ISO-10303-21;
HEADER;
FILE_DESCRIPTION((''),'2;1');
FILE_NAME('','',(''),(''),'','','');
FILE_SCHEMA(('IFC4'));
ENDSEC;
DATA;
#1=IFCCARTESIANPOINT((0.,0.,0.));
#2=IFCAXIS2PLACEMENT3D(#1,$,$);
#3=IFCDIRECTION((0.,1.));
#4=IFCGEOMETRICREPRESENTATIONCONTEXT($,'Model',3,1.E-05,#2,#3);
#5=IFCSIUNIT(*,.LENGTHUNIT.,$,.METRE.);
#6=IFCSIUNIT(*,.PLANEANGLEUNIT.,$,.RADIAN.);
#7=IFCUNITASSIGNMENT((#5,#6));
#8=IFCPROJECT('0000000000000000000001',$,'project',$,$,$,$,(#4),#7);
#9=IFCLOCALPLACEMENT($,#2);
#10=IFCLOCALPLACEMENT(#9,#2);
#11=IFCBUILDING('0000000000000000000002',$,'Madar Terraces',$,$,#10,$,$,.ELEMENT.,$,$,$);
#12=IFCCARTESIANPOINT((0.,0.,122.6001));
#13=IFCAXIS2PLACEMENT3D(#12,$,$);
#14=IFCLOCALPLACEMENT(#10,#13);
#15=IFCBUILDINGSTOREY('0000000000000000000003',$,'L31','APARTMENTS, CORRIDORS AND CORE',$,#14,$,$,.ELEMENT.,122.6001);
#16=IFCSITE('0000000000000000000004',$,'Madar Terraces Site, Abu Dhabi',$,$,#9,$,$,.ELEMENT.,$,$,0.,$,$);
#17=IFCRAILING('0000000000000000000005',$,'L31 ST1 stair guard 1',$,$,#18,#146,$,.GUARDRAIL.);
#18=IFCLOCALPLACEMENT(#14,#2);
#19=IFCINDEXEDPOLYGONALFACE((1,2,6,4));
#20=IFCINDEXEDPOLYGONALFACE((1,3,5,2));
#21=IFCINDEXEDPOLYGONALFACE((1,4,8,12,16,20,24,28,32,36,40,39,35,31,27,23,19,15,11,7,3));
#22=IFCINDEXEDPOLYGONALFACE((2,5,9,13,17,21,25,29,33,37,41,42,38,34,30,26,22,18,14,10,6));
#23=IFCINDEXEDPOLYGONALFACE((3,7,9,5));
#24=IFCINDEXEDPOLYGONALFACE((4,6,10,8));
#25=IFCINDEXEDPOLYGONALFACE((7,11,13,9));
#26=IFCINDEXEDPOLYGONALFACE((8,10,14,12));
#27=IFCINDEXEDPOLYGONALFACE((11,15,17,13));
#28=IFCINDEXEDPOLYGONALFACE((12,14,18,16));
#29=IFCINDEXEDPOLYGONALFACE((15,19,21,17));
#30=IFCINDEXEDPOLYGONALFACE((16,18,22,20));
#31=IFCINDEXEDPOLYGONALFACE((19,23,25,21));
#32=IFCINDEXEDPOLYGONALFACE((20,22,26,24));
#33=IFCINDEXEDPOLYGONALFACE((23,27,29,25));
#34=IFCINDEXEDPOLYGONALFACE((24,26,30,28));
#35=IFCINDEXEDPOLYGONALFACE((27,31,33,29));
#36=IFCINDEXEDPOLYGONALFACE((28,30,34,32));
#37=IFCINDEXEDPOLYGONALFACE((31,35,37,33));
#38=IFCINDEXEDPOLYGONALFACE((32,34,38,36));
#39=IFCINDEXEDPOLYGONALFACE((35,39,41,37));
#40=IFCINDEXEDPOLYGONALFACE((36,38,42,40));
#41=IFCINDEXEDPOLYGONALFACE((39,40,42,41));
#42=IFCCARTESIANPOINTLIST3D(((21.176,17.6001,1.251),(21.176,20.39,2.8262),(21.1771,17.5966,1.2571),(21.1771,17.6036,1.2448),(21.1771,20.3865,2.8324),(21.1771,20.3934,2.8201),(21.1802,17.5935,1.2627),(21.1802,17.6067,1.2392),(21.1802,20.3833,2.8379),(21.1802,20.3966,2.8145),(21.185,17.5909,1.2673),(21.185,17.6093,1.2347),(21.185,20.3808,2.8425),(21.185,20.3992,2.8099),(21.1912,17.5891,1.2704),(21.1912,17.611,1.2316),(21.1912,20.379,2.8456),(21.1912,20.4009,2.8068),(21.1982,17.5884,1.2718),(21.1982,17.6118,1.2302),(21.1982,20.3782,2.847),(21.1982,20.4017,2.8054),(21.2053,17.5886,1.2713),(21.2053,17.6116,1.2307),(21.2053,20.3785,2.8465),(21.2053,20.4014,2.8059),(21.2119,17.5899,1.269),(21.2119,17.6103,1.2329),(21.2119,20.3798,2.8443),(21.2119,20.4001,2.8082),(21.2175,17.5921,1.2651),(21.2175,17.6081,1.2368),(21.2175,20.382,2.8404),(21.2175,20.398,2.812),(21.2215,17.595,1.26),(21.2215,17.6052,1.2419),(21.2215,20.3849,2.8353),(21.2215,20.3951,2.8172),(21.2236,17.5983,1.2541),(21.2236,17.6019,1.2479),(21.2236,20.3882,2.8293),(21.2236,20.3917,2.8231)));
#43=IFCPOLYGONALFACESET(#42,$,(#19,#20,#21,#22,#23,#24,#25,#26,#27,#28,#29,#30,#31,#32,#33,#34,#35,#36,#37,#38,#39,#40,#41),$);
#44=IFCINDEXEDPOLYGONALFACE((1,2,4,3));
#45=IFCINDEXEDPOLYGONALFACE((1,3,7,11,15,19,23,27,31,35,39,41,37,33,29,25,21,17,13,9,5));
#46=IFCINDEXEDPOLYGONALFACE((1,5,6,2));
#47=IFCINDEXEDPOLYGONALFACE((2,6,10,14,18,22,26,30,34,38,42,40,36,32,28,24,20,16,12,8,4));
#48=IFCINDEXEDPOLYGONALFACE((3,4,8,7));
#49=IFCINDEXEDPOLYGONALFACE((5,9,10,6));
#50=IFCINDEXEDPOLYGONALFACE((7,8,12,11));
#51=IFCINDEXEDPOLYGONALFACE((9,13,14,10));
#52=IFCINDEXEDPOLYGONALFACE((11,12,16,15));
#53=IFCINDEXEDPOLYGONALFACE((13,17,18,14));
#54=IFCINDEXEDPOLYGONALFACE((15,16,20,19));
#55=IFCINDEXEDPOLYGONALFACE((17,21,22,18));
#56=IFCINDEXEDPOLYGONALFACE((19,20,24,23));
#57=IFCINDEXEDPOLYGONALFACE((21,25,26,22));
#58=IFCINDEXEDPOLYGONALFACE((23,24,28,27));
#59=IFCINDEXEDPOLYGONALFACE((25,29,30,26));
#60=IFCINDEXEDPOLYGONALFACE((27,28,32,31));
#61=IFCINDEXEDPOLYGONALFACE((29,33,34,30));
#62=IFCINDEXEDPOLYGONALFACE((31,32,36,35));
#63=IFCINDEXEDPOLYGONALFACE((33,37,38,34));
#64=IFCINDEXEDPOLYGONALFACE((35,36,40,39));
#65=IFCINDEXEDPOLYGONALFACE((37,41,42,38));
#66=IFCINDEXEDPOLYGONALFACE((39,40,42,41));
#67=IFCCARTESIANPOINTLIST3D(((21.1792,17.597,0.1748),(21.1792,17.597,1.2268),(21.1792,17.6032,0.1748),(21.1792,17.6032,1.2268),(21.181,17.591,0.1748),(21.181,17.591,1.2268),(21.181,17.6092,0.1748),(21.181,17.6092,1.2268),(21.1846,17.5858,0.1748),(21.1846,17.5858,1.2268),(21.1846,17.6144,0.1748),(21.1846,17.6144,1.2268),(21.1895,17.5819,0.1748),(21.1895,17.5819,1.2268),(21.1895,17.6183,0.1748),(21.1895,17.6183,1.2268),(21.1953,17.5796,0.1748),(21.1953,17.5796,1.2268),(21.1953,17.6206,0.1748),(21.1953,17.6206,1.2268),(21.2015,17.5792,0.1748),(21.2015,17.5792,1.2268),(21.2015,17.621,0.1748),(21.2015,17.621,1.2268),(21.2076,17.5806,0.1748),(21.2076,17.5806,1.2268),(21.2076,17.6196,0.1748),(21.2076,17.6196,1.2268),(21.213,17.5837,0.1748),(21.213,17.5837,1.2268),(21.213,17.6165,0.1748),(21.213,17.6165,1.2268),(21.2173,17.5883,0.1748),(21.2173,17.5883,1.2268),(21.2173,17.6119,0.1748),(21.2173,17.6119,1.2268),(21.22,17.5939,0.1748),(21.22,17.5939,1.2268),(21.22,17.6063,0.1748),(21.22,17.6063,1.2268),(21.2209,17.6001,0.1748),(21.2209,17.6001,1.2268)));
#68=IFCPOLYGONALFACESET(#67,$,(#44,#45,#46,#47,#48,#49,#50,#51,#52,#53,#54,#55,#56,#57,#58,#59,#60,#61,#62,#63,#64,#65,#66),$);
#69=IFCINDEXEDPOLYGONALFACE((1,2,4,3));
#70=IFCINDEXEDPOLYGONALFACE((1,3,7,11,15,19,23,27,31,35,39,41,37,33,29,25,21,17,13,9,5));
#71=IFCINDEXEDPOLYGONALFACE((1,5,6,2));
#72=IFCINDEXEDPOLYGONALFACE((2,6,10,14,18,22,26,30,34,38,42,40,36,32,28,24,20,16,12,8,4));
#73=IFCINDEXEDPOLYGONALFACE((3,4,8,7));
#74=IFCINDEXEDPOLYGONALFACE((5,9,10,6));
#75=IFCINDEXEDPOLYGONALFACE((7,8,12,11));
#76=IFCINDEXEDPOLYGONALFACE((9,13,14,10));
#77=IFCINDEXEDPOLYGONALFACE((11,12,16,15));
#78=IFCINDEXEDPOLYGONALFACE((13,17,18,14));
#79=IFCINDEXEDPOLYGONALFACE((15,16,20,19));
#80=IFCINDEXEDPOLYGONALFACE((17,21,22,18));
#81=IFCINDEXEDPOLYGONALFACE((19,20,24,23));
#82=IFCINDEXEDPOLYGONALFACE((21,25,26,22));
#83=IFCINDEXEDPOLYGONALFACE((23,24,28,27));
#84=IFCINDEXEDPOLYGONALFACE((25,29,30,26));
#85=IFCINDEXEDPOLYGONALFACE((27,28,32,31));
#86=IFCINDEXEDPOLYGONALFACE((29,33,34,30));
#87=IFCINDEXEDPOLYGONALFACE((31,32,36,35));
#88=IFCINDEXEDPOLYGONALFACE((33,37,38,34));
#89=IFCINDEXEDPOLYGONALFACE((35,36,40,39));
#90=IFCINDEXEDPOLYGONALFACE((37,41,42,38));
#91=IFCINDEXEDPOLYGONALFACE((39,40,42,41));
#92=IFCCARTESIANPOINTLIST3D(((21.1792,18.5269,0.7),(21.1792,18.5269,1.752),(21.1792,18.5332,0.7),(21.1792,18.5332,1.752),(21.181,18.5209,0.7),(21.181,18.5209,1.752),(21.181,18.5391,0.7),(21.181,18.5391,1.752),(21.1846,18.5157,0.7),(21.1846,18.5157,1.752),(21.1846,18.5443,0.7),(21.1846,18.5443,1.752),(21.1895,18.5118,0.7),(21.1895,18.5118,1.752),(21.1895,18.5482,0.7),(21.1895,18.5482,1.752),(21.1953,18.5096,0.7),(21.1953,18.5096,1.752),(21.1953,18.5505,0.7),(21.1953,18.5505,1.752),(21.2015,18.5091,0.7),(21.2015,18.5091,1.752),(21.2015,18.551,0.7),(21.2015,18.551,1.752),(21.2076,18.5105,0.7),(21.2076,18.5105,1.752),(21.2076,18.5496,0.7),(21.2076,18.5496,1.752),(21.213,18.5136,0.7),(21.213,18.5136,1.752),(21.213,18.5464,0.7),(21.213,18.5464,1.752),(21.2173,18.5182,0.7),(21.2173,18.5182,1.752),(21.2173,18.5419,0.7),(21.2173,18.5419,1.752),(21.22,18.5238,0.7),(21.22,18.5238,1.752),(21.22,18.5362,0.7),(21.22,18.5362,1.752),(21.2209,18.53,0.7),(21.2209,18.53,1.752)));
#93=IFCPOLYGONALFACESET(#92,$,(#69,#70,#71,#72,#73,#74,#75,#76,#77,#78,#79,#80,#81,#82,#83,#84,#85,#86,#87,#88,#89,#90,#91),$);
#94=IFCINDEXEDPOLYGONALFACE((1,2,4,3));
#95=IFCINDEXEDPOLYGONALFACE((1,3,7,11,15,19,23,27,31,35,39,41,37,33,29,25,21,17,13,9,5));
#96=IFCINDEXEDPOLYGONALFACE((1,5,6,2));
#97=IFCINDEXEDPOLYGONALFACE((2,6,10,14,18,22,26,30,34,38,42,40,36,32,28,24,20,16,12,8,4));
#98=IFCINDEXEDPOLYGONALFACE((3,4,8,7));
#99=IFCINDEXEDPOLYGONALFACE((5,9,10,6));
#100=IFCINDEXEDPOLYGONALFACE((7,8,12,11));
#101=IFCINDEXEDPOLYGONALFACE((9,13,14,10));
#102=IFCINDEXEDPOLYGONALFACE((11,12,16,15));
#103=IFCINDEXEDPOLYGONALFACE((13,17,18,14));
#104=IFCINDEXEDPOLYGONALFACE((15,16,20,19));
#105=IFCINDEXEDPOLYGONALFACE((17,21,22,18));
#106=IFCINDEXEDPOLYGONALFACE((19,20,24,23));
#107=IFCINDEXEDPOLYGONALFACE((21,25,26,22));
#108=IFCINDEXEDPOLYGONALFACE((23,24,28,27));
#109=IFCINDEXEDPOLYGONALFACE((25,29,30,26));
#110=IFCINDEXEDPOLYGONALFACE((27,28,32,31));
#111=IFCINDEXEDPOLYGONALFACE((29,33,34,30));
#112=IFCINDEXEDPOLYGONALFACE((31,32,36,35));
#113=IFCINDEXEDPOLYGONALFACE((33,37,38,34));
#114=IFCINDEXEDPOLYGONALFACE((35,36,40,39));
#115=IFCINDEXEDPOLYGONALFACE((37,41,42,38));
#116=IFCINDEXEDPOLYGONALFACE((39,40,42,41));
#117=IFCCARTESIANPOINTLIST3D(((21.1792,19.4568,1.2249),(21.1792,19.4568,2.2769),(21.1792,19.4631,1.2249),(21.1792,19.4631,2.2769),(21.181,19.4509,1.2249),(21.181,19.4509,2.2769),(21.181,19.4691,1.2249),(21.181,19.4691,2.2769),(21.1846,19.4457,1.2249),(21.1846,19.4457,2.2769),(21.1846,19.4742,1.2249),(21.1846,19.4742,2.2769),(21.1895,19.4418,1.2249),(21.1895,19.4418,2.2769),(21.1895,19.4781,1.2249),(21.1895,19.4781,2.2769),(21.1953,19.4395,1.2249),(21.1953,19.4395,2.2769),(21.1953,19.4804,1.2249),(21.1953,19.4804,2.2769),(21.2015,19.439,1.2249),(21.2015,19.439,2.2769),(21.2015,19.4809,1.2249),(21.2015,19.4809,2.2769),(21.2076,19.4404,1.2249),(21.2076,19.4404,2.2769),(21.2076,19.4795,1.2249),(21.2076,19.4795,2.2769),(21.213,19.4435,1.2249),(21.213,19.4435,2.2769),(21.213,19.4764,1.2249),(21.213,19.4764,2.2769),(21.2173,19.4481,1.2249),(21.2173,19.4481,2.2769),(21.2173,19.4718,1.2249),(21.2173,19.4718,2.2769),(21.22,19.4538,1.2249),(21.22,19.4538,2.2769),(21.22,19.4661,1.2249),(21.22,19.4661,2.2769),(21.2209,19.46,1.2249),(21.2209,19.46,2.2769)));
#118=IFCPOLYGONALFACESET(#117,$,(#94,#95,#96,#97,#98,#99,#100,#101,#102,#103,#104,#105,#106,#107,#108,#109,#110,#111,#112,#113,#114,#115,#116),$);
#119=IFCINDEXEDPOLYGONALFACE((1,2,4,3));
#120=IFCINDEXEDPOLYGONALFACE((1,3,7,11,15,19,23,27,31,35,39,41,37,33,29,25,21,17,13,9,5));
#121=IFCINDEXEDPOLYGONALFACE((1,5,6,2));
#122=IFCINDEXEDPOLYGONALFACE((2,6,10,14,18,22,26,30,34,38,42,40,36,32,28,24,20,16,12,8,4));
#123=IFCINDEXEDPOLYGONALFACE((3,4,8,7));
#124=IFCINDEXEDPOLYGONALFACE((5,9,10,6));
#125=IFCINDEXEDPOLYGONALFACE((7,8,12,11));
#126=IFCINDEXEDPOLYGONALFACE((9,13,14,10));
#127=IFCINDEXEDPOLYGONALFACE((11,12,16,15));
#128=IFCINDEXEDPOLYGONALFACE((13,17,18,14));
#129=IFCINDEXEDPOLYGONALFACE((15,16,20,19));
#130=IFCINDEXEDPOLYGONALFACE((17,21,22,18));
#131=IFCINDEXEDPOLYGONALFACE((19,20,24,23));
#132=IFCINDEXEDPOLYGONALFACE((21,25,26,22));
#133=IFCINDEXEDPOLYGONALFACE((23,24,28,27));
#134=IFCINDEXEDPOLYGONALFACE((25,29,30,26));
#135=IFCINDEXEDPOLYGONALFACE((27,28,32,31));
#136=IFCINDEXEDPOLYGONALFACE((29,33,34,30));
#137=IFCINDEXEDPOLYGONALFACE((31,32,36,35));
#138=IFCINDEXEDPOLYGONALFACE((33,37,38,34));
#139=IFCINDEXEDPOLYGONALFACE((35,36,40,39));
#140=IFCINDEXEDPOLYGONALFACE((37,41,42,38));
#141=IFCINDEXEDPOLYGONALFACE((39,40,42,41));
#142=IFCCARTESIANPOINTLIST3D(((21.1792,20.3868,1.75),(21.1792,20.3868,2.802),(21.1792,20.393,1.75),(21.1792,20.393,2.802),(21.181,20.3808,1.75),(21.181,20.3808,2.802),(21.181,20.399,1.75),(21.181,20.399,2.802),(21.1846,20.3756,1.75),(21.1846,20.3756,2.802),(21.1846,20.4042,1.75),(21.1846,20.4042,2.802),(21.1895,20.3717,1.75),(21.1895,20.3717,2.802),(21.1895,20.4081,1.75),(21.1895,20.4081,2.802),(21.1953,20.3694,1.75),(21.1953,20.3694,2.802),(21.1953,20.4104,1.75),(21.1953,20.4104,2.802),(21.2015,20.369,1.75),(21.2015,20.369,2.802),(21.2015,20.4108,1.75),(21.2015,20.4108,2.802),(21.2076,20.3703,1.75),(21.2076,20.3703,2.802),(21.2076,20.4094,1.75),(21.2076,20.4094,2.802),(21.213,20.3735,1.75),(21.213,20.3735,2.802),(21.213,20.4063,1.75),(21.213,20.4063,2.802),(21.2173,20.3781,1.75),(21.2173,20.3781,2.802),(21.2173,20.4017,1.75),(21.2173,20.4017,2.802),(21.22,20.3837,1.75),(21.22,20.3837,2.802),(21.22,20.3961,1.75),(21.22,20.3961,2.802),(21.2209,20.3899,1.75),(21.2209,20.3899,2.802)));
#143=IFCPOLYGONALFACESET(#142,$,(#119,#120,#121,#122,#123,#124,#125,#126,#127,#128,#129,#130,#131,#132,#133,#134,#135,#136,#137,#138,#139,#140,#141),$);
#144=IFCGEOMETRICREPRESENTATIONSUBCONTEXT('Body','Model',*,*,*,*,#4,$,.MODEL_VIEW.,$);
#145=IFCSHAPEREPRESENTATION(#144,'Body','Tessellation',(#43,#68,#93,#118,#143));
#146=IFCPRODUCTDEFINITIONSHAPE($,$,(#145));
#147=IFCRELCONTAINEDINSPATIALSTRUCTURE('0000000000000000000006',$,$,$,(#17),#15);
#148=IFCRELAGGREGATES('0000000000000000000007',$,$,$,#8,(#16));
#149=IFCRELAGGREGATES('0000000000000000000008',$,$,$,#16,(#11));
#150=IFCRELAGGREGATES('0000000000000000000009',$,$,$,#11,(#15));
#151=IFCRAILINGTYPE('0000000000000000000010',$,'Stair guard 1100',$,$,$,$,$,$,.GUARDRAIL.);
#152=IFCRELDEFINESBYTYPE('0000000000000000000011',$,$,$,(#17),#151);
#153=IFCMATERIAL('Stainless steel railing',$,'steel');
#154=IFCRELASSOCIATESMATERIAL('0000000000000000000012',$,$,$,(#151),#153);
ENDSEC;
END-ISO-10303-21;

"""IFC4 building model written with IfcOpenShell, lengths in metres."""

from ifc_helpers import new_model, si_unit, direction, frame, origin, origin_2d, place, context, subcontext, project, spatial, circle, extrude, material, type_object, element, save


model = new_model("IFC4")

# Units and contexts
model_context = context("Model", 3, precision=1e-05, world=origin(), true_north=direction((0.0, 1.0)))
body_context = subcontext(model_context, "Body", "Model", "MODEL_VIEW")
ifc_project = project(units=[si_unit("LENGTHUNIT", "METRE"), si_unit("PLANEANGLEUNIT", "RADIAN")], contexts=[model_context])

# Site, building, storey
site_placement = place(None, origin())
site = spatial("IfcSite", under=ifc_project, at=site_placement, Name="Madar Terraces Site, Abu Dhabi", CompositionType="ELEMENT", RefElevation=0.0)
building_placement = place(site_placement, origin())
building = spatial("IfcBuilding", under=site, at=building_placement, Name="Madar Terraces", CompositionType="ELEMENT")
storey_placement = place(building_placement, frame((0.0, 0.0, 122.6001)))
storey = spatial("IfcBuildingStorey", under=building, at=storey_placement, Name="L31", Description="APARTMENTS, CORRIDORS AND CORE", CompositionType="ELEMENT", Elevation=122.6001)

# Railing
ifc_material_1 = material(Name="Stainless steel railing", Category="steel")
railing_type_1 = type_object("IfcRailingType", Name="Stair guard 1100", PredefinedType="GUARDRAIL", material=ifc_material_1)
railing_1_placement = place(storey_placement, frame((21.2, 17.6001, 0.1748)))
element("IfcRailing", 1, at=railing_1_placement, inside=storey, type_object=railing_type_1, Name="L31 ST1 stair guard 1", PredefinedType="GUARDRAIL", context=body_context, shape_type="SweptSolid", body=[
    extrude(circle(Radius=0.0239, at=origin_2d()), frame((0.0, 0.0, 1.0762), z_axis=(0.0, 0.870783, 0.491668), x_axis=(-1.0, 0.0, 0.0)), (0.0, 0.0, 1.0), 3.2039),
    extrude(circle(Radius=0.021, at=origin_2d()), origin(), (0.0, 0.0, 1.0), 1.052),
    extrude(circle(Radius=0.021, at=origin_2d()), frame((0.0, 0.9299, 0.5251)), (0.0, 0.0, 1.0), 1.052),
    extrude(circle(Radius=0.021, at=origin_2d()), frame((0.0, 1.8599, 1.05)), (0.0, 0.0, 1.0), 1.052),
    extrude(circle(Radius=0.021, at=origin_2d()), frame((0.0, 2.7898, 1.5752)), (0.0, 0.0, 1.0), 1.052),
])

save(model, "model.ifc")
